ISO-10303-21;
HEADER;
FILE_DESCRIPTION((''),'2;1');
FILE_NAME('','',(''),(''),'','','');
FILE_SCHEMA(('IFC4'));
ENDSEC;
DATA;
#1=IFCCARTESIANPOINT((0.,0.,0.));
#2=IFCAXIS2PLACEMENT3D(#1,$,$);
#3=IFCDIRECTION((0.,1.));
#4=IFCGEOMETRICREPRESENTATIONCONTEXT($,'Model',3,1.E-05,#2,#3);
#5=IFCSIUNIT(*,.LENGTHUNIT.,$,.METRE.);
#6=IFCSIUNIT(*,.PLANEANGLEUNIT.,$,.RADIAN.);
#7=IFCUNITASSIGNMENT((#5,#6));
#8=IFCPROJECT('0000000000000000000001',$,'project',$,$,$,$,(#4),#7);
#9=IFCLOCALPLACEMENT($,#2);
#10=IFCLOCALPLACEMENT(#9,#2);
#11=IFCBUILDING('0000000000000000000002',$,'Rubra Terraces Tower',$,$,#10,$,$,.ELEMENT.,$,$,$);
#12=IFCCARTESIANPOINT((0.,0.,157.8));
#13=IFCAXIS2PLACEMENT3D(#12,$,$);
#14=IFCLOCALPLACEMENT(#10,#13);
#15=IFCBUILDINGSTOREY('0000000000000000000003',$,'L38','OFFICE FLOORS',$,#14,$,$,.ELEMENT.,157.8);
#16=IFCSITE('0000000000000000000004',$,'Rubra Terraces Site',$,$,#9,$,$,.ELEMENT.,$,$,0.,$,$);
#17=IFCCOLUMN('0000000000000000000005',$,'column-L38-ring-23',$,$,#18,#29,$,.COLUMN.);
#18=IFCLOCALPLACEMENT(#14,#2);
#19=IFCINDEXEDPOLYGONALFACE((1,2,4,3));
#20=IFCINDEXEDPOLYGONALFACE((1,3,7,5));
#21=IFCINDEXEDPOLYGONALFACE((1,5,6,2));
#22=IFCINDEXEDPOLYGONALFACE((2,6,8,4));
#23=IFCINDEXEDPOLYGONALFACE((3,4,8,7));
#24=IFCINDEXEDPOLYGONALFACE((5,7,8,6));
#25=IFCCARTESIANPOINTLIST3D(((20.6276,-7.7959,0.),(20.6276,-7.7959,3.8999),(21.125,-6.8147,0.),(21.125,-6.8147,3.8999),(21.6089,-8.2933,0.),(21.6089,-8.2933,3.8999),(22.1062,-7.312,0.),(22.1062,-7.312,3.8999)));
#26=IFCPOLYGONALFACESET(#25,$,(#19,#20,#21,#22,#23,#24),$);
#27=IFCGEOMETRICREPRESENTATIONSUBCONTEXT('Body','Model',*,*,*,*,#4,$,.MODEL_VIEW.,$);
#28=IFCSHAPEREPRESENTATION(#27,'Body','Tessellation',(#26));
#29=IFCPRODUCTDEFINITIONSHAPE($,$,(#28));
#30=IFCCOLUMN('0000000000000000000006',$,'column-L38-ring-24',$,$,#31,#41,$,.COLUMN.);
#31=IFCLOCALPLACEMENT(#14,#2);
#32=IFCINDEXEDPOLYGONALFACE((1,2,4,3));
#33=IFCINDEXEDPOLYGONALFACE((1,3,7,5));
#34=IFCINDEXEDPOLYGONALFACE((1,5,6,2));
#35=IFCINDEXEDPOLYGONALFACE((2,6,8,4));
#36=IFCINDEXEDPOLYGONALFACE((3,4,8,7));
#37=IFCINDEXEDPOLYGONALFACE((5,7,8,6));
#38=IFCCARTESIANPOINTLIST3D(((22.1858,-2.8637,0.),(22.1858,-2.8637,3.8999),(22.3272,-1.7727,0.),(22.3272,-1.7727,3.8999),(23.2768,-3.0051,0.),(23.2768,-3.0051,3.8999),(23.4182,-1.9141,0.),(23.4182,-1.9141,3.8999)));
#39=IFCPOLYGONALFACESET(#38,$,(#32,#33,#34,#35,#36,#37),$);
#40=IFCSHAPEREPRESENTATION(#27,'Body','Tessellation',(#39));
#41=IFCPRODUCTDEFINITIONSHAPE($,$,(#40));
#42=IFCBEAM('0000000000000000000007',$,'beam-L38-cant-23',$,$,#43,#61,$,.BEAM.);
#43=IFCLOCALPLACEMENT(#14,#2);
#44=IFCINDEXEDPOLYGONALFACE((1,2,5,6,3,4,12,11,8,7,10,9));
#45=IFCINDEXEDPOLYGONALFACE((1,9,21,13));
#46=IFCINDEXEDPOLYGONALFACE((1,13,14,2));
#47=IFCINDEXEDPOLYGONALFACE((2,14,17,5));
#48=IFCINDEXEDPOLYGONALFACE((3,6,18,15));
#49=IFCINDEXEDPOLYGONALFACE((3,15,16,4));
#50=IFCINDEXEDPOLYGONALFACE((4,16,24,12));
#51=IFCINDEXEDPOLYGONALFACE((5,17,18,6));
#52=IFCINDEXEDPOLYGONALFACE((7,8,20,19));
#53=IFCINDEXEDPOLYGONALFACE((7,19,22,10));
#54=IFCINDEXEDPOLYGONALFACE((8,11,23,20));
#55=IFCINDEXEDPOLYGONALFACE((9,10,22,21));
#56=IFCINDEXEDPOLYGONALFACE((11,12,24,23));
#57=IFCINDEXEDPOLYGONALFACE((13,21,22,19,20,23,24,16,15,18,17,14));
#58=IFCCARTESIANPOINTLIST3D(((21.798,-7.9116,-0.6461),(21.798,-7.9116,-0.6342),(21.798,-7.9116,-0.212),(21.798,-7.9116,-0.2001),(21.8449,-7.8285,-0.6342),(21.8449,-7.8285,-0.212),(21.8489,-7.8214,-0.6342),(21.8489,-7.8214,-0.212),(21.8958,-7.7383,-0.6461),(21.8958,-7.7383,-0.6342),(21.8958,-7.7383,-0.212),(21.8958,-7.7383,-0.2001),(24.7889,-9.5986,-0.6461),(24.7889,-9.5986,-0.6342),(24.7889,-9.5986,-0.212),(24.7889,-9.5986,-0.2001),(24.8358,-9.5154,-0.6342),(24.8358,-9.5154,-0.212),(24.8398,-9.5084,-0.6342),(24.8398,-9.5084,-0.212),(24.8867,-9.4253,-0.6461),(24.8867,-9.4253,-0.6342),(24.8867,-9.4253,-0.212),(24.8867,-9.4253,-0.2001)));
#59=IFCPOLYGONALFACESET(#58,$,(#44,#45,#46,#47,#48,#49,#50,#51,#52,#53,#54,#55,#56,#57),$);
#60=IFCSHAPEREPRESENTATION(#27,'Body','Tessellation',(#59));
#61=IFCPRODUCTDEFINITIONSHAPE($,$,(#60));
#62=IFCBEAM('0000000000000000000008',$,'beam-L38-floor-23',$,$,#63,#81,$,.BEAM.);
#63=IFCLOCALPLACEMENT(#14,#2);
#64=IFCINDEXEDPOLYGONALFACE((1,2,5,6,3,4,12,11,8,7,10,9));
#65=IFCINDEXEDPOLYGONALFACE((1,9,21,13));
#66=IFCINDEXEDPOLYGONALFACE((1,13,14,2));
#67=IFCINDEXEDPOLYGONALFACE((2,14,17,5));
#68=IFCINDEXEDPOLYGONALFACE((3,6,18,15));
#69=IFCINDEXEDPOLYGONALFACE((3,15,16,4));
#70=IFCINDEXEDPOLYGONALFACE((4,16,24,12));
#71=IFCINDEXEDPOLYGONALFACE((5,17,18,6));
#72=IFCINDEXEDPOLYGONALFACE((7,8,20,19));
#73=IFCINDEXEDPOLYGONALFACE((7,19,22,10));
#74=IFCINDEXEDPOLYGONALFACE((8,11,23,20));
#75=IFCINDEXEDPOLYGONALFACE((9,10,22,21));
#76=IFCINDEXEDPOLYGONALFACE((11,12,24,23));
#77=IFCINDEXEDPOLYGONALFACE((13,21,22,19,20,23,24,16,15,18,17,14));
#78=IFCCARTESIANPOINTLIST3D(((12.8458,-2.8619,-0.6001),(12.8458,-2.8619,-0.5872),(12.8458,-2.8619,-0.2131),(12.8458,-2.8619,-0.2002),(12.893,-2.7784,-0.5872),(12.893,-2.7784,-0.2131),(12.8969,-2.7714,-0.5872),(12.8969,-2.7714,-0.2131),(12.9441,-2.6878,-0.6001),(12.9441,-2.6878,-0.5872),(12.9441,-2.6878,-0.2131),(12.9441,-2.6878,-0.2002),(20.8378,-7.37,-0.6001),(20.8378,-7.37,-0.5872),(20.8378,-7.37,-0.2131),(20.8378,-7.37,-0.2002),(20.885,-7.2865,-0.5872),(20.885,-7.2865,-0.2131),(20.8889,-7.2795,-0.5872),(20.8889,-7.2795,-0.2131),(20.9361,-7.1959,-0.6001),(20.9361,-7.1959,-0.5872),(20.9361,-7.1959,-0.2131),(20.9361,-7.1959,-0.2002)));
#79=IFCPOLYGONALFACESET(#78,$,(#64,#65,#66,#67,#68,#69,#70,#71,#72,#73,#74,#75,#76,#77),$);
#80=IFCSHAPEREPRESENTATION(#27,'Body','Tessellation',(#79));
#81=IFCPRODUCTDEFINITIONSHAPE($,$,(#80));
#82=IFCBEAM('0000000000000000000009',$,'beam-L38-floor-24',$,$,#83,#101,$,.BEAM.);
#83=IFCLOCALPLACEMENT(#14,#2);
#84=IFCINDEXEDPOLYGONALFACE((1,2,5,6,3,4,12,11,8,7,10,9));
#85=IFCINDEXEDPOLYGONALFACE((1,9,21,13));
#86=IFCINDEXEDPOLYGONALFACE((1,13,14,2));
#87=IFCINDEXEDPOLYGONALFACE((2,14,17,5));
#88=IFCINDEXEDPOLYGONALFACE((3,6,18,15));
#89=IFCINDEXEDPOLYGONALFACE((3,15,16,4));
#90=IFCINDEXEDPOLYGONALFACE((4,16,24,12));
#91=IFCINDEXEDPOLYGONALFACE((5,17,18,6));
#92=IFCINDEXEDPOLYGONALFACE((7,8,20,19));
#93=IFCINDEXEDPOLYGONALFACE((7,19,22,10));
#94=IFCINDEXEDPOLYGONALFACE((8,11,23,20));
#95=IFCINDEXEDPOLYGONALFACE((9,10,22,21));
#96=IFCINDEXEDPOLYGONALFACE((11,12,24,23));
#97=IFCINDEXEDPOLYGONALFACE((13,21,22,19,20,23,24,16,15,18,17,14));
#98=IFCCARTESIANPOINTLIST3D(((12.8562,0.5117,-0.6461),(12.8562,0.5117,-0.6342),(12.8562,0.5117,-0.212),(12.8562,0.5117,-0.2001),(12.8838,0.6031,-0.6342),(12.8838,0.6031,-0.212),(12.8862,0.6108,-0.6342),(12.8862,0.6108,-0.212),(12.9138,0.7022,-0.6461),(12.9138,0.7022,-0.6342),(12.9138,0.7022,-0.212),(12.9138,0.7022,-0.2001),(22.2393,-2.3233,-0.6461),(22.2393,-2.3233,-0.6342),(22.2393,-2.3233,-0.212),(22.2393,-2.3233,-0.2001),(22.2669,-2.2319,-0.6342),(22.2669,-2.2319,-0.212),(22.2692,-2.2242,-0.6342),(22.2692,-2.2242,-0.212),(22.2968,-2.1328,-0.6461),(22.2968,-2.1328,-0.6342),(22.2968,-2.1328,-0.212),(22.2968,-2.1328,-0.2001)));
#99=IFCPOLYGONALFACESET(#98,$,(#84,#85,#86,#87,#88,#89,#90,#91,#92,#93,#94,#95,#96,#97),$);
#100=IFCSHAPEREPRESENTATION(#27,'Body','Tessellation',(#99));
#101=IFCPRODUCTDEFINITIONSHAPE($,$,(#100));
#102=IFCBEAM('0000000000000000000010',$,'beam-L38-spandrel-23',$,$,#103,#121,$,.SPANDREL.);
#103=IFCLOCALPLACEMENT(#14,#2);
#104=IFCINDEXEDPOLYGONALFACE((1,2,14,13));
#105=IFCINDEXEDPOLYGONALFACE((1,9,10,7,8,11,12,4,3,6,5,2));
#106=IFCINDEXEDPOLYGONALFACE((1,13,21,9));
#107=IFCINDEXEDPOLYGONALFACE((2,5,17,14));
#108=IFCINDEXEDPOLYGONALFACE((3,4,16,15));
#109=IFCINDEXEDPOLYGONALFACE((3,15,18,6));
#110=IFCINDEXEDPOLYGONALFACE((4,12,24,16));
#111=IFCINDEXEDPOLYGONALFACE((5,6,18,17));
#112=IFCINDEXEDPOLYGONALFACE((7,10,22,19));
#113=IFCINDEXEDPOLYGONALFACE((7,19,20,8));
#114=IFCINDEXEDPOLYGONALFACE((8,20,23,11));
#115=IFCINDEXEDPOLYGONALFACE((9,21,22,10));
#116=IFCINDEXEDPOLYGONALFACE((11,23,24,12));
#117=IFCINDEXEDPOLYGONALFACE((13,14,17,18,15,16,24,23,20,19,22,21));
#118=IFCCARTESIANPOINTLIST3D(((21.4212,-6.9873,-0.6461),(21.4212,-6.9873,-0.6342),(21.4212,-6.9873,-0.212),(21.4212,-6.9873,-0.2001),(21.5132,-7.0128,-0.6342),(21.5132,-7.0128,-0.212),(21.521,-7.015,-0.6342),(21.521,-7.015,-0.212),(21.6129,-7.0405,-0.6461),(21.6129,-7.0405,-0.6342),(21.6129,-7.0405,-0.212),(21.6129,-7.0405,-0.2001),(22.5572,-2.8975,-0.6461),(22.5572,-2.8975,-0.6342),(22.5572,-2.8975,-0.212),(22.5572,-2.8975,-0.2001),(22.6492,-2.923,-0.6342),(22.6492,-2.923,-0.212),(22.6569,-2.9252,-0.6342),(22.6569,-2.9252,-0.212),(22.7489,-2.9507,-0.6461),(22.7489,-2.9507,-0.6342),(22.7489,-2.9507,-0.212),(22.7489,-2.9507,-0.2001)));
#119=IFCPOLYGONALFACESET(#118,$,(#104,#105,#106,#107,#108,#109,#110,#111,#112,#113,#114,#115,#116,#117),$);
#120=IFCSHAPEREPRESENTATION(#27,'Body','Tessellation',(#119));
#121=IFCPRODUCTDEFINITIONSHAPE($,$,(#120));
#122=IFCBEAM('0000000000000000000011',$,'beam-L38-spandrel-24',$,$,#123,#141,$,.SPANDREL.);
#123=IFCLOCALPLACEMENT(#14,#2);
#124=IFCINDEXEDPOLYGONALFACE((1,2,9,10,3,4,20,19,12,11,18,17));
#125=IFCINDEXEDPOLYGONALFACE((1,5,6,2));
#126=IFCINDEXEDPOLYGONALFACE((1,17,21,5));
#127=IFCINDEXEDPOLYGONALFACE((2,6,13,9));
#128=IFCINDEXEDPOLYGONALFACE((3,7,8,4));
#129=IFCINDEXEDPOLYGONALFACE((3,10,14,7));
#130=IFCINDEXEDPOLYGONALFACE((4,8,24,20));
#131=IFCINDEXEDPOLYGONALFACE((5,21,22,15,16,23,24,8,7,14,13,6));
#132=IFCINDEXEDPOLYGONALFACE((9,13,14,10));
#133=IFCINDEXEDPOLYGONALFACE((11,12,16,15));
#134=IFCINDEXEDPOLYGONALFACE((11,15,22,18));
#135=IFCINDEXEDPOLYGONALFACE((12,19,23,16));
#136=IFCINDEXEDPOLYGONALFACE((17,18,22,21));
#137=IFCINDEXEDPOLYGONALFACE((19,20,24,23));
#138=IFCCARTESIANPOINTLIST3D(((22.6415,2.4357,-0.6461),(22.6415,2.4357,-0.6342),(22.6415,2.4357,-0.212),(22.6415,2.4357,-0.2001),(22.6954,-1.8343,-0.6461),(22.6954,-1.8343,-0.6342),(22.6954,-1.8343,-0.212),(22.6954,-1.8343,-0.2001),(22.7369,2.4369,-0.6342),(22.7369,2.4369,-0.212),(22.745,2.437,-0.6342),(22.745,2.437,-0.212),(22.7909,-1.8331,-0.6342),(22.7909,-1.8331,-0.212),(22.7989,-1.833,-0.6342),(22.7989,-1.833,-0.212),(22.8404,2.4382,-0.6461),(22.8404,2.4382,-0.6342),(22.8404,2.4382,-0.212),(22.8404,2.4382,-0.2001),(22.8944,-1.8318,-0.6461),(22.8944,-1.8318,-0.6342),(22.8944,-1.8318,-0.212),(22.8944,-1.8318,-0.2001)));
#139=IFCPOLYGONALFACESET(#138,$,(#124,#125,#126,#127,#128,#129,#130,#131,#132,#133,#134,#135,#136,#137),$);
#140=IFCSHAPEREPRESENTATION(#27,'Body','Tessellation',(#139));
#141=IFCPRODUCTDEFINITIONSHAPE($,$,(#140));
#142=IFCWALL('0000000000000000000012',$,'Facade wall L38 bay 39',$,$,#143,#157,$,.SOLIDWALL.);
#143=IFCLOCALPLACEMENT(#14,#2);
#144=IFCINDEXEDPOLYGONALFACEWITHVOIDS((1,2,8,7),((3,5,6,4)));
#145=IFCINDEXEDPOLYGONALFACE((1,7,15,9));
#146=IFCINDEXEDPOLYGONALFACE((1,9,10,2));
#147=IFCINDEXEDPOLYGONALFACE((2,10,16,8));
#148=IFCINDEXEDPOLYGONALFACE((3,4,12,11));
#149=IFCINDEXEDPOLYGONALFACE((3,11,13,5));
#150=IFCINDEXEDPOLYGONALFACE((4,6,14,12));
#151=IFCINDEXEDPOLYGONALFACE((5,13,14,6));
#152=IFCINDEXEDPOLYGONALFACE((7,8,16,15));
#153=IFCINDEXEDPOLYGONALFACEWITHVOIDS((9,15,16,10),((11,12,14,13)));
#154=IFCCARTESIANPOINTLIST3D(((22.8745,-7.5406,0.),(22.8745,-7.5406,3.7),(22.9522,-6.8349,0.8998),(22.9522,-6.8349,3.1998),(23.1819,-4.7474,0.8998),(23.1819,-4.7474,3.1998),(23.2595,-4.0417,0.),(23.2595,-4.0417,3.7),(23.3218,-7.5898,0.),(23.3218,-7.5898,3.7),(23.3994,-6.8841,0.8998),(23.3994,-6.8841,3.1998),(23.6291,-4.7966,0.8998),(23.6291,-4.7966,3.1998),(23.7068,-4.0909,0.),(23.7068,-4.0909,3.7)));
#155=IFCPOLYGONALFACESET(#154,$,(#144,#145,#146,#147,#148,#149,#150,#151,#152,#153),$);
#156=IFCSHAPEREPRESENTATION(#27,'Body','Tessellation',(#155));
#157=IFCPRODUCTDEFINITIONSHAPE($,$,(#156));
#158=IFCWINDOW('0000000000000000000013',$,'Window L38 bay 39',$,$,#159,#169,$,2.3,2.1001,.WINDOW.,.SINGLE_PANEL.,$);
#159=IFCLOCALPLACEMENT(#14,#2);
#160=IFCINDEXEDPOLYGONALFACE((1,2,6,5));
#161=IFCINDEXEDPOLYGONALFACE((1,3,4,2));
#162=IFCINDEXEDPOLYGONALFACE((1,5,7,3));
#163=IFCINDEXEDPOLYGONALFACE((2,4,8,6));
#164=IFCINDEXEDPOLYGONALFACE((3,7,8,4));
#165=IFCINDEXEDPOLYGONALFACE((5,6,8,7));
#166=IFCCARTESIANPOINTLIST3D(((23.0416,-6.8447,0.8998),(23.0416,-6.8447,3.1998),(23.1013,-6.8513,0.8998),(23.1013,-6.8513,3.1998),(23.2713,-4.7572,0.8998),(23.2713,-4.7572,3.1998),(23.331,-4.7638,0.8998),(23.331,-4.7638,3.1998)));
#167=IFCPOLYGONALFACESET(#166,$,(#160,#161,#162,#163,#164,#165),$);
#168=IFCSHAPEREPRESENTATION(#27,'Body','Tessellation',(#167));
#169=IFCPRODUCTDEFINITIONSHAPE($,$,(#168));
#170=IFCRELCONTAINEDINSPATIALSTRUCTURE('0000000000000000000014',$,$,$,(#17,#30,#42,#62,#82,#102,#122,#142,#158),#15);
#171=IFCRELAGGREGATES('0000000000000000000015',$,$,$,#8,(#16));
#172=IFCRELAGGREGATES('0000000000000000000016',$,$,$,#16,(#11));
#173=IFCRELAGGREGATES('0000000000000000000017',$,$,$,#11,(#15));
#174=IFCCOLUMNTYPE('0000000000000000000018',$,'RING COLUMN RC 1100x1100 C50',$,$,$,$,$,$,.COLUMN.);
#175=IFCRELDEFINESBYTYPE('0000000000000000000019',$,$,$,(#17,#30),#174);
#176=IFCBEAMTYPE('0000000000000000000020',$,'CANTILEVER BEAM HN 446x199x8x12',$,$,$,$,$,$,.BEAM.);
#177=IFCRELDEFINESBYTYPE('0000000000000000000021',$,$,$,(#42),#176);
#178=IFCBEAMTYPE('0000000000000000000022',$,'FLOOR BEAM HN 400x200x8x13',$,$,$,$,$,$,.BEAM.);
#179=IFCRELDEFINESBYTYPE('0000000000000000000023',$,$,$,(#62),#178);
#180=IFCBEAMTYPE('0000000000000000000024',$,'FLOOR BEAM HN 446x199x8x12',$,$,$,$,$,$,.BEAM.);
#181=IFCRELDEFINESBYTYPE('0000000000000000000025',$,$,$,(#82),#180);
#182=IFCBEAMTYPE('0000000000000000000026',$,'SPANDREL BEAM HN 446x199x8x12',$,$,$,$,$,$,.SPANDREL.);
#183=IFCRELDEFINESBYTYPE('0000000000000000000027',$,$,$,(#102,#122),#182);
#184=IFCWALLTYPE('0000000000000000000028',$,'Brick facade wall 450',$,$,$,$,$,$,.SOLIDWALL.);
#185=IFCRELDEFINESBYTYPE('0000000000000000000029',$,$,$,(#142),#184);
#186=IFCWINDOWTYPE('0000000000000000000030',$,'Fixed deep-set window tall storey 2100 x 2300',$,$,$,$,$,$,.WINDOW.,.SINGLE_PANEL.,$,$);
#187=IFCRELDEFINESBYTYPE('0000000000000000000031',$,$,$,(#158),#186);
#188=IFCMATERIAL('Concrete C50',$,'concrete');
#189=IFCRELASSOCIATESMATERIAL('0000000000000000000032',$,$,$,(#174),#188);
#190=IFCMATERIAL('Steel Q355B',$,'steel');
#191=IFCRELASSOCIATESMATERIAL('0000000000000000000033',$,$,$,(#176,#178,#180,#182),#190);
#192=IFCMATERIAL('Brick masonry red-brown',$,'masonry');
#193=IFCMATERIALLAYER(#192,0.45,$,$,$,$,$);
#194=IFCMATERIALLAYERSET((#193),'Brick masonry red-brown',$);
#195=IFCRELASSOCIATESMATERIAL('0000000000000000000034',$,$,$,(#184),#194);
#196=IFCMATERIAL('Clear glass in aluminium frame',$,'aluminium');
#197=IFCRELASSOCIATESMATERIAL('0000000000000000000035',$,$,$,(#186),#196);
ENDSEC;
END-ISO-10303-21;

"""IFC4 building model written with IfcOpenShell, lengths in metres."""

from ifc_helpers import new_model, si_unit, direction, frame, frame_2d, origin, origin_2d, place, context, subcontext, project, spatial, rectangle, i_section, extrude, material, layer, layer_set, material_profile, profile_set, type_object, element, fill, save


model = new_model("IFC4")

# Units and contexts
model_context = context("Model", 3, precision=1e-05, world=origin(), true_north=direction((0.0, 1.0)))
body_context = subcontext(model_context, "Body", "Model", "MODEL_VIEW")
ifc_project = project(units=[si_unit("LENGTHUNIT", "METRE"), si_unit("PLANEANGLEUNIT", "RADIAN")], contexts=[model_context])

# Site, building, storey
site_placement = place(None, origin())
site = spatial("IfcSite", under=ifc_project, at=site_placement, Name="Rubra Terraces Site", CompositionType="ELEMENT", RefElevation=0.0)
building_placement = place(site_placement, origin())
building = spatial("IfcBuilding", under=site, at=building_placement, Name="Rubra Terraces Tower", CompositionType="ELEMENT")
storey_placement = place(building_placement, frame((0.0, 0.0, 157.8)))
storey = spatial("IfcBuildingStorey", under=building, at=storey_placement, Name="L38", Description="OFFICE FLOORS", CompositionType="ELEMENT", Elevation=157.8)

# Columns
ifc_material_1 = material(Name="Concrete C50", Category="concrete")
ifc_material_profile_1 = material_profile(ifc_material_1, rectangle(XDim=1.1001, YDim=1.1001, at=origin_2d()), Name="RC 1100x1100")
ifc_profile_set_1 = profile_set([ifc_material_profile_1], Name="Concrete C50")
column_type = type_object("IfcColumnType", Name="RING COLUMN RC 1100x1100 C50", PredefinedType="COLUMN", material=ifc_profile_set_1)
for number, where, z_axis, x_axis, name in (
    (1, (21.3669, -7.554, 0.0), (0.0, 0.0, 1.0), (0.452079, 0.891978, 0.0), "column-L38-ring-23"),
    (2, (22.802, -2.3889, 0.0), (0.0, 0.0, 1.0), (0.128535, 0.991705, 0.0), "column-L38-ring-24"),
):
    element("IfcColumn", number, at=place(storey_placement, frame(where, z_axis=z_axis, x_axis=x_axis)), inside=storey, type_object=column_type, Name=name, PredefinedType="COLUMN", context=body_context, shape_type="SweptSolid", body=[
        extrude(rectangle(XDim=1.1001, YDim=1.1001, at=origin_2d()), origin(), (0.0, 0.0, 1.0), 3.8999),
    ])

# Beams
ifc_material_2 = material(Name="Steel Q355B", Category="steel")
ifc_material_profile_2 = material_profile(ifc_material_2, i_section(OverallWidth=0.199, OverallDepth=0.446, WebThickness=0.0081, FlangeThickness=0.012, at=origin_2d()), Name="HN 446x199x8x12")
ifc_profile_set_2 = profile_set([ifc_material_profile_2], Name="Steel Q355B")
beam_type_1 = type_object("IfcBeamType", Name="CANTILEVER BEAM HN 446x199x8x12", PredefinedType="BEAM", material=ifc_profile_set_2)
beam_1_placement = place(storey_placement, frame((21.8469, -7.825, -0.4231), z_axis=(0.871003, -0.491277, 0.0), x_axis=(0.491277, 0.871003, 0.0)))
element("IfcBeam", 3, at=beam_1_placement, inside=storey, type_object=beam_type_1, Name="beam-L38-cant-23", PredefinedType="BEAM", context=body_context, shape_type="SweptSolid", body=[
    extrude(i_section(OverallWidth=0.199, OverallDepth=0.446, WebThickness=0.0081, FlangeThickness=0.012, at=origin_2d()), origin(), (0.0, 0.0, 1.0), 3.4338),
])
ifc_material_profile_3 = material_profile(ifc_material_2, i_section(OverallWidth=0.2, OverallDepth=0.3999, WebThickness=0.0081, FlangeThickness=0.0129, at=origin_2d()), Name="HN 400x200x8x13")
ifc_profile_set_3 = profile_set([ifc_material_profile_3], Name="Steel Q355B")
beam_type_2 = type_object("IfcBeamType", Name="FLOOR BEAM HN 400x200x8x13", PredefinedType="BEAM", material=ifc_profile_set_3)
beam_2_placement = place(storey_placement, frame((20.887, -7.283, -0.4001), z_axis=(-0.870989, 0.491303, 0.0), x_axis=(-0.491303, -0.870989, 0.0)))
element("IfcBeam", 4, at=beam_2_placement, inside=storey, type_object=beam_type_2, Name="beam-L38-floor-23", PredefinedType="BEAM", context=body_context, shape_type="SweptSolid", body=[
    extrude(i_section(OverallWidth=0.2, OverallDepth=0.3999, WebThickness=0.0081, FlangeThickness=0.0129, at=origin_2d()), origin(), (0.0, 0.0, 1.0), 9.1758),
])
ifc_material_profile_4 = material_profile(ifc_material_2, i_section(OverallWidth=0.199, OverallDepth=0.446, WebThickness=0.0081, FlangeThickness=0.012, at=origin_2d()), Name="HN 446x199x8x12")
ifc_profile_set_4 = profile_set([ifc_material_profile_4], Name="Steel Q355B")
beam_type_3 = type_object("IfcBeamType", Name="FLOOR BEAM HN 446x199x8x12", PredefinedType="BEAM", material=ifc_profile_set_4)
beam_3_placement = place(storey_placement, frame((22.2681, -2.228, -0.4231), z_axis=(-0.957262, 0.289223, 0.0), x_axis=(-0.289223, -0.957262, 0.0)))
element("IfcBeam", 5, at=beam_3_placement, inside=storey, type_object=beam_type_3, Name="beam-L38-floor-24", PredefinedType="BEAM", context=body_context, shape_type="SweptSolid", body=[
    extrude(i_section(OverallWidth=0.199, OverallDepth=0.446, WebThickness=0.0081, FlangeThickness=0.012, at=origin_2d()), origin(), (0.0, 0.0, 1.0), 9.802),
])
ifc_material_profile_5 = material_profile(ifc_material_2, i_section(OverallWidth=0.199, OverallDepth=0.446, WebThickness=0.0081, FlangeThickness=0.012, at=origin_2d()), Name="HN 446x199x8x12")
ifc_profile_set_5 = profile_set([ifc_material_profile_5], Name="Steel Q355B")
beam_type_4 = type_object("IfcBeamType", Name="SPANDREL BEAM HN 446x199x8x12", PredefinedType="SPANDREL", material=ifc_profile_set_5)
beam_4_placement = place(storey_placement, frame((21.5171, -7.0139, -0.4231), z_axis=(0.267626, 0.963523, 0.0), x_axis=(-0.963523, 0.267626, 0.0)))
element("IfcBeam", 6, at=beam_4_placement, inside=storey, type_object=beam_type_4, Name="beam-L38-spandrel-23", PredefinedType="SPANDREL", context=body_context, shape_type="SweptSolid", body=[
    extrude(i_section(OverallWidth=0.199, OverallDepth=0.446, WebThickness=0.0081, FlangeThickness=0.012, at=origin_2d()), origin(), (0.0, 0.0, 1.0), 4.2446),
])
beam_5_placement = place(storey_placement, frame((22.7949, -1.833, -0.4231), z_axis=(-0.012635, 0.99992, 0.0), x_axis=(-0.99992, -0.012635, 0.0)))
element("IfcBeam", 7, at=beam_5_placement, inside=storey, type_object=beam_type_4, Name="beam-L38-spandrel-24", PredefinedType="SPANDREL", context=body_context, shape_type="SweptSolid", body=[
    extrude(i_section(OverallWidth=0.199, OverallDepth=0.446, WebThickness=0.0081, FlangeThickness=0.012, at=origin_2d()), origin(), (0.0, 0.0, 1.0), 4.2703),
])

# Wall, opening, window
ifc_material_3 = material(Name="Brick masonry red-brown", Category="masonry")
ifc_layer_1 = layer(ifc_material_3, 0.45)
ifc_layer_set_1 = layer_set([ifc_layer_1], Name="Brick masonry red-brown")
wall_type_1 = type_object("IfcWallType", Name="Brick facade wall 450", PredefinedType="SOLIDWALL", material=ifc_layer_set_1)
wall_1_placement = place(storey_placement, frame((23.0981, -7.5652, 0.0), z_axis=(0.0, 0.0, 1.0), x_axis=(0.109381, 0.994, 0.0)))
wall_1 = element("IfcWall", 8, at=wall_1_placement, inside=storey, type_object=wall_type_1, Name="Facade wall L38 bay 39", PredefinedType="SOLIDWALL", context=body_context, shape_type="SweptSolid", body=[
    extrude(rectangle(XDim=3.52, YDim=0.45, at=frame_2d((1.76, 0.0))), origin(), (0.0, 0.0, 1.0), 3.7),
])
opening_1_placement = place(wall_1_placement, frame((0.71, 0.0, 0.8999)))
opening_1 = element("IfcOpeningElement", 9, at=opening_1_placement, cuts=wall_1, PredefinedType="OPENING", context=body_context, shape_type="SweptSolid", body=[
    extrude(rectangle(XDim=2.1001, YDim=2.3, at=frame_2d((1.05, 1.1499))), frame((0.0, 0.2349, 0.0), z_axis=(0.0, -1.0, 0.0), x_axis=(1.0, 0.0, 0.0)), (0.0, 0.0, 1.0), 0.47),
])
ifc_material_4 = material(Name="Clear glass in aluminium frame", Category="aluminium")
window_type = type_object("IfcWindowType", Name="Fixed deep-set window tall storey 2100 x 2300", PartitioningType="SINGLE_PANEL", PredefinedType="WINDOW", material=ifc_material_4)
window_1_placement = place(opening_1_placement, origin())
window_1 = element("IfcWindow", 10, at=window_1_placement, inside=storey, type_object=window_type, Name="Window L38 bay 39", OverallHeight=2.3, OverallWidth=2.1001, PartitioningType="SINGLE_PANEL", PredefinedType="WINDOW", context=body_context, shape_type="SweptSolid", body=[
    extrude(rectangle(XDim=2.1001, YDim=2.3, at=frame_2d((1.05, 1.1499))), frame((0.0, 0.135, 0.0), z_axis=(0.0, -1.0, 0.0), x_axis=(1.0, 0.0, 0.0)), (0.0, 0.0, 1.0), 0.0601),
])
fill(opening_1, window_1)

save(model, "model.ifc")
